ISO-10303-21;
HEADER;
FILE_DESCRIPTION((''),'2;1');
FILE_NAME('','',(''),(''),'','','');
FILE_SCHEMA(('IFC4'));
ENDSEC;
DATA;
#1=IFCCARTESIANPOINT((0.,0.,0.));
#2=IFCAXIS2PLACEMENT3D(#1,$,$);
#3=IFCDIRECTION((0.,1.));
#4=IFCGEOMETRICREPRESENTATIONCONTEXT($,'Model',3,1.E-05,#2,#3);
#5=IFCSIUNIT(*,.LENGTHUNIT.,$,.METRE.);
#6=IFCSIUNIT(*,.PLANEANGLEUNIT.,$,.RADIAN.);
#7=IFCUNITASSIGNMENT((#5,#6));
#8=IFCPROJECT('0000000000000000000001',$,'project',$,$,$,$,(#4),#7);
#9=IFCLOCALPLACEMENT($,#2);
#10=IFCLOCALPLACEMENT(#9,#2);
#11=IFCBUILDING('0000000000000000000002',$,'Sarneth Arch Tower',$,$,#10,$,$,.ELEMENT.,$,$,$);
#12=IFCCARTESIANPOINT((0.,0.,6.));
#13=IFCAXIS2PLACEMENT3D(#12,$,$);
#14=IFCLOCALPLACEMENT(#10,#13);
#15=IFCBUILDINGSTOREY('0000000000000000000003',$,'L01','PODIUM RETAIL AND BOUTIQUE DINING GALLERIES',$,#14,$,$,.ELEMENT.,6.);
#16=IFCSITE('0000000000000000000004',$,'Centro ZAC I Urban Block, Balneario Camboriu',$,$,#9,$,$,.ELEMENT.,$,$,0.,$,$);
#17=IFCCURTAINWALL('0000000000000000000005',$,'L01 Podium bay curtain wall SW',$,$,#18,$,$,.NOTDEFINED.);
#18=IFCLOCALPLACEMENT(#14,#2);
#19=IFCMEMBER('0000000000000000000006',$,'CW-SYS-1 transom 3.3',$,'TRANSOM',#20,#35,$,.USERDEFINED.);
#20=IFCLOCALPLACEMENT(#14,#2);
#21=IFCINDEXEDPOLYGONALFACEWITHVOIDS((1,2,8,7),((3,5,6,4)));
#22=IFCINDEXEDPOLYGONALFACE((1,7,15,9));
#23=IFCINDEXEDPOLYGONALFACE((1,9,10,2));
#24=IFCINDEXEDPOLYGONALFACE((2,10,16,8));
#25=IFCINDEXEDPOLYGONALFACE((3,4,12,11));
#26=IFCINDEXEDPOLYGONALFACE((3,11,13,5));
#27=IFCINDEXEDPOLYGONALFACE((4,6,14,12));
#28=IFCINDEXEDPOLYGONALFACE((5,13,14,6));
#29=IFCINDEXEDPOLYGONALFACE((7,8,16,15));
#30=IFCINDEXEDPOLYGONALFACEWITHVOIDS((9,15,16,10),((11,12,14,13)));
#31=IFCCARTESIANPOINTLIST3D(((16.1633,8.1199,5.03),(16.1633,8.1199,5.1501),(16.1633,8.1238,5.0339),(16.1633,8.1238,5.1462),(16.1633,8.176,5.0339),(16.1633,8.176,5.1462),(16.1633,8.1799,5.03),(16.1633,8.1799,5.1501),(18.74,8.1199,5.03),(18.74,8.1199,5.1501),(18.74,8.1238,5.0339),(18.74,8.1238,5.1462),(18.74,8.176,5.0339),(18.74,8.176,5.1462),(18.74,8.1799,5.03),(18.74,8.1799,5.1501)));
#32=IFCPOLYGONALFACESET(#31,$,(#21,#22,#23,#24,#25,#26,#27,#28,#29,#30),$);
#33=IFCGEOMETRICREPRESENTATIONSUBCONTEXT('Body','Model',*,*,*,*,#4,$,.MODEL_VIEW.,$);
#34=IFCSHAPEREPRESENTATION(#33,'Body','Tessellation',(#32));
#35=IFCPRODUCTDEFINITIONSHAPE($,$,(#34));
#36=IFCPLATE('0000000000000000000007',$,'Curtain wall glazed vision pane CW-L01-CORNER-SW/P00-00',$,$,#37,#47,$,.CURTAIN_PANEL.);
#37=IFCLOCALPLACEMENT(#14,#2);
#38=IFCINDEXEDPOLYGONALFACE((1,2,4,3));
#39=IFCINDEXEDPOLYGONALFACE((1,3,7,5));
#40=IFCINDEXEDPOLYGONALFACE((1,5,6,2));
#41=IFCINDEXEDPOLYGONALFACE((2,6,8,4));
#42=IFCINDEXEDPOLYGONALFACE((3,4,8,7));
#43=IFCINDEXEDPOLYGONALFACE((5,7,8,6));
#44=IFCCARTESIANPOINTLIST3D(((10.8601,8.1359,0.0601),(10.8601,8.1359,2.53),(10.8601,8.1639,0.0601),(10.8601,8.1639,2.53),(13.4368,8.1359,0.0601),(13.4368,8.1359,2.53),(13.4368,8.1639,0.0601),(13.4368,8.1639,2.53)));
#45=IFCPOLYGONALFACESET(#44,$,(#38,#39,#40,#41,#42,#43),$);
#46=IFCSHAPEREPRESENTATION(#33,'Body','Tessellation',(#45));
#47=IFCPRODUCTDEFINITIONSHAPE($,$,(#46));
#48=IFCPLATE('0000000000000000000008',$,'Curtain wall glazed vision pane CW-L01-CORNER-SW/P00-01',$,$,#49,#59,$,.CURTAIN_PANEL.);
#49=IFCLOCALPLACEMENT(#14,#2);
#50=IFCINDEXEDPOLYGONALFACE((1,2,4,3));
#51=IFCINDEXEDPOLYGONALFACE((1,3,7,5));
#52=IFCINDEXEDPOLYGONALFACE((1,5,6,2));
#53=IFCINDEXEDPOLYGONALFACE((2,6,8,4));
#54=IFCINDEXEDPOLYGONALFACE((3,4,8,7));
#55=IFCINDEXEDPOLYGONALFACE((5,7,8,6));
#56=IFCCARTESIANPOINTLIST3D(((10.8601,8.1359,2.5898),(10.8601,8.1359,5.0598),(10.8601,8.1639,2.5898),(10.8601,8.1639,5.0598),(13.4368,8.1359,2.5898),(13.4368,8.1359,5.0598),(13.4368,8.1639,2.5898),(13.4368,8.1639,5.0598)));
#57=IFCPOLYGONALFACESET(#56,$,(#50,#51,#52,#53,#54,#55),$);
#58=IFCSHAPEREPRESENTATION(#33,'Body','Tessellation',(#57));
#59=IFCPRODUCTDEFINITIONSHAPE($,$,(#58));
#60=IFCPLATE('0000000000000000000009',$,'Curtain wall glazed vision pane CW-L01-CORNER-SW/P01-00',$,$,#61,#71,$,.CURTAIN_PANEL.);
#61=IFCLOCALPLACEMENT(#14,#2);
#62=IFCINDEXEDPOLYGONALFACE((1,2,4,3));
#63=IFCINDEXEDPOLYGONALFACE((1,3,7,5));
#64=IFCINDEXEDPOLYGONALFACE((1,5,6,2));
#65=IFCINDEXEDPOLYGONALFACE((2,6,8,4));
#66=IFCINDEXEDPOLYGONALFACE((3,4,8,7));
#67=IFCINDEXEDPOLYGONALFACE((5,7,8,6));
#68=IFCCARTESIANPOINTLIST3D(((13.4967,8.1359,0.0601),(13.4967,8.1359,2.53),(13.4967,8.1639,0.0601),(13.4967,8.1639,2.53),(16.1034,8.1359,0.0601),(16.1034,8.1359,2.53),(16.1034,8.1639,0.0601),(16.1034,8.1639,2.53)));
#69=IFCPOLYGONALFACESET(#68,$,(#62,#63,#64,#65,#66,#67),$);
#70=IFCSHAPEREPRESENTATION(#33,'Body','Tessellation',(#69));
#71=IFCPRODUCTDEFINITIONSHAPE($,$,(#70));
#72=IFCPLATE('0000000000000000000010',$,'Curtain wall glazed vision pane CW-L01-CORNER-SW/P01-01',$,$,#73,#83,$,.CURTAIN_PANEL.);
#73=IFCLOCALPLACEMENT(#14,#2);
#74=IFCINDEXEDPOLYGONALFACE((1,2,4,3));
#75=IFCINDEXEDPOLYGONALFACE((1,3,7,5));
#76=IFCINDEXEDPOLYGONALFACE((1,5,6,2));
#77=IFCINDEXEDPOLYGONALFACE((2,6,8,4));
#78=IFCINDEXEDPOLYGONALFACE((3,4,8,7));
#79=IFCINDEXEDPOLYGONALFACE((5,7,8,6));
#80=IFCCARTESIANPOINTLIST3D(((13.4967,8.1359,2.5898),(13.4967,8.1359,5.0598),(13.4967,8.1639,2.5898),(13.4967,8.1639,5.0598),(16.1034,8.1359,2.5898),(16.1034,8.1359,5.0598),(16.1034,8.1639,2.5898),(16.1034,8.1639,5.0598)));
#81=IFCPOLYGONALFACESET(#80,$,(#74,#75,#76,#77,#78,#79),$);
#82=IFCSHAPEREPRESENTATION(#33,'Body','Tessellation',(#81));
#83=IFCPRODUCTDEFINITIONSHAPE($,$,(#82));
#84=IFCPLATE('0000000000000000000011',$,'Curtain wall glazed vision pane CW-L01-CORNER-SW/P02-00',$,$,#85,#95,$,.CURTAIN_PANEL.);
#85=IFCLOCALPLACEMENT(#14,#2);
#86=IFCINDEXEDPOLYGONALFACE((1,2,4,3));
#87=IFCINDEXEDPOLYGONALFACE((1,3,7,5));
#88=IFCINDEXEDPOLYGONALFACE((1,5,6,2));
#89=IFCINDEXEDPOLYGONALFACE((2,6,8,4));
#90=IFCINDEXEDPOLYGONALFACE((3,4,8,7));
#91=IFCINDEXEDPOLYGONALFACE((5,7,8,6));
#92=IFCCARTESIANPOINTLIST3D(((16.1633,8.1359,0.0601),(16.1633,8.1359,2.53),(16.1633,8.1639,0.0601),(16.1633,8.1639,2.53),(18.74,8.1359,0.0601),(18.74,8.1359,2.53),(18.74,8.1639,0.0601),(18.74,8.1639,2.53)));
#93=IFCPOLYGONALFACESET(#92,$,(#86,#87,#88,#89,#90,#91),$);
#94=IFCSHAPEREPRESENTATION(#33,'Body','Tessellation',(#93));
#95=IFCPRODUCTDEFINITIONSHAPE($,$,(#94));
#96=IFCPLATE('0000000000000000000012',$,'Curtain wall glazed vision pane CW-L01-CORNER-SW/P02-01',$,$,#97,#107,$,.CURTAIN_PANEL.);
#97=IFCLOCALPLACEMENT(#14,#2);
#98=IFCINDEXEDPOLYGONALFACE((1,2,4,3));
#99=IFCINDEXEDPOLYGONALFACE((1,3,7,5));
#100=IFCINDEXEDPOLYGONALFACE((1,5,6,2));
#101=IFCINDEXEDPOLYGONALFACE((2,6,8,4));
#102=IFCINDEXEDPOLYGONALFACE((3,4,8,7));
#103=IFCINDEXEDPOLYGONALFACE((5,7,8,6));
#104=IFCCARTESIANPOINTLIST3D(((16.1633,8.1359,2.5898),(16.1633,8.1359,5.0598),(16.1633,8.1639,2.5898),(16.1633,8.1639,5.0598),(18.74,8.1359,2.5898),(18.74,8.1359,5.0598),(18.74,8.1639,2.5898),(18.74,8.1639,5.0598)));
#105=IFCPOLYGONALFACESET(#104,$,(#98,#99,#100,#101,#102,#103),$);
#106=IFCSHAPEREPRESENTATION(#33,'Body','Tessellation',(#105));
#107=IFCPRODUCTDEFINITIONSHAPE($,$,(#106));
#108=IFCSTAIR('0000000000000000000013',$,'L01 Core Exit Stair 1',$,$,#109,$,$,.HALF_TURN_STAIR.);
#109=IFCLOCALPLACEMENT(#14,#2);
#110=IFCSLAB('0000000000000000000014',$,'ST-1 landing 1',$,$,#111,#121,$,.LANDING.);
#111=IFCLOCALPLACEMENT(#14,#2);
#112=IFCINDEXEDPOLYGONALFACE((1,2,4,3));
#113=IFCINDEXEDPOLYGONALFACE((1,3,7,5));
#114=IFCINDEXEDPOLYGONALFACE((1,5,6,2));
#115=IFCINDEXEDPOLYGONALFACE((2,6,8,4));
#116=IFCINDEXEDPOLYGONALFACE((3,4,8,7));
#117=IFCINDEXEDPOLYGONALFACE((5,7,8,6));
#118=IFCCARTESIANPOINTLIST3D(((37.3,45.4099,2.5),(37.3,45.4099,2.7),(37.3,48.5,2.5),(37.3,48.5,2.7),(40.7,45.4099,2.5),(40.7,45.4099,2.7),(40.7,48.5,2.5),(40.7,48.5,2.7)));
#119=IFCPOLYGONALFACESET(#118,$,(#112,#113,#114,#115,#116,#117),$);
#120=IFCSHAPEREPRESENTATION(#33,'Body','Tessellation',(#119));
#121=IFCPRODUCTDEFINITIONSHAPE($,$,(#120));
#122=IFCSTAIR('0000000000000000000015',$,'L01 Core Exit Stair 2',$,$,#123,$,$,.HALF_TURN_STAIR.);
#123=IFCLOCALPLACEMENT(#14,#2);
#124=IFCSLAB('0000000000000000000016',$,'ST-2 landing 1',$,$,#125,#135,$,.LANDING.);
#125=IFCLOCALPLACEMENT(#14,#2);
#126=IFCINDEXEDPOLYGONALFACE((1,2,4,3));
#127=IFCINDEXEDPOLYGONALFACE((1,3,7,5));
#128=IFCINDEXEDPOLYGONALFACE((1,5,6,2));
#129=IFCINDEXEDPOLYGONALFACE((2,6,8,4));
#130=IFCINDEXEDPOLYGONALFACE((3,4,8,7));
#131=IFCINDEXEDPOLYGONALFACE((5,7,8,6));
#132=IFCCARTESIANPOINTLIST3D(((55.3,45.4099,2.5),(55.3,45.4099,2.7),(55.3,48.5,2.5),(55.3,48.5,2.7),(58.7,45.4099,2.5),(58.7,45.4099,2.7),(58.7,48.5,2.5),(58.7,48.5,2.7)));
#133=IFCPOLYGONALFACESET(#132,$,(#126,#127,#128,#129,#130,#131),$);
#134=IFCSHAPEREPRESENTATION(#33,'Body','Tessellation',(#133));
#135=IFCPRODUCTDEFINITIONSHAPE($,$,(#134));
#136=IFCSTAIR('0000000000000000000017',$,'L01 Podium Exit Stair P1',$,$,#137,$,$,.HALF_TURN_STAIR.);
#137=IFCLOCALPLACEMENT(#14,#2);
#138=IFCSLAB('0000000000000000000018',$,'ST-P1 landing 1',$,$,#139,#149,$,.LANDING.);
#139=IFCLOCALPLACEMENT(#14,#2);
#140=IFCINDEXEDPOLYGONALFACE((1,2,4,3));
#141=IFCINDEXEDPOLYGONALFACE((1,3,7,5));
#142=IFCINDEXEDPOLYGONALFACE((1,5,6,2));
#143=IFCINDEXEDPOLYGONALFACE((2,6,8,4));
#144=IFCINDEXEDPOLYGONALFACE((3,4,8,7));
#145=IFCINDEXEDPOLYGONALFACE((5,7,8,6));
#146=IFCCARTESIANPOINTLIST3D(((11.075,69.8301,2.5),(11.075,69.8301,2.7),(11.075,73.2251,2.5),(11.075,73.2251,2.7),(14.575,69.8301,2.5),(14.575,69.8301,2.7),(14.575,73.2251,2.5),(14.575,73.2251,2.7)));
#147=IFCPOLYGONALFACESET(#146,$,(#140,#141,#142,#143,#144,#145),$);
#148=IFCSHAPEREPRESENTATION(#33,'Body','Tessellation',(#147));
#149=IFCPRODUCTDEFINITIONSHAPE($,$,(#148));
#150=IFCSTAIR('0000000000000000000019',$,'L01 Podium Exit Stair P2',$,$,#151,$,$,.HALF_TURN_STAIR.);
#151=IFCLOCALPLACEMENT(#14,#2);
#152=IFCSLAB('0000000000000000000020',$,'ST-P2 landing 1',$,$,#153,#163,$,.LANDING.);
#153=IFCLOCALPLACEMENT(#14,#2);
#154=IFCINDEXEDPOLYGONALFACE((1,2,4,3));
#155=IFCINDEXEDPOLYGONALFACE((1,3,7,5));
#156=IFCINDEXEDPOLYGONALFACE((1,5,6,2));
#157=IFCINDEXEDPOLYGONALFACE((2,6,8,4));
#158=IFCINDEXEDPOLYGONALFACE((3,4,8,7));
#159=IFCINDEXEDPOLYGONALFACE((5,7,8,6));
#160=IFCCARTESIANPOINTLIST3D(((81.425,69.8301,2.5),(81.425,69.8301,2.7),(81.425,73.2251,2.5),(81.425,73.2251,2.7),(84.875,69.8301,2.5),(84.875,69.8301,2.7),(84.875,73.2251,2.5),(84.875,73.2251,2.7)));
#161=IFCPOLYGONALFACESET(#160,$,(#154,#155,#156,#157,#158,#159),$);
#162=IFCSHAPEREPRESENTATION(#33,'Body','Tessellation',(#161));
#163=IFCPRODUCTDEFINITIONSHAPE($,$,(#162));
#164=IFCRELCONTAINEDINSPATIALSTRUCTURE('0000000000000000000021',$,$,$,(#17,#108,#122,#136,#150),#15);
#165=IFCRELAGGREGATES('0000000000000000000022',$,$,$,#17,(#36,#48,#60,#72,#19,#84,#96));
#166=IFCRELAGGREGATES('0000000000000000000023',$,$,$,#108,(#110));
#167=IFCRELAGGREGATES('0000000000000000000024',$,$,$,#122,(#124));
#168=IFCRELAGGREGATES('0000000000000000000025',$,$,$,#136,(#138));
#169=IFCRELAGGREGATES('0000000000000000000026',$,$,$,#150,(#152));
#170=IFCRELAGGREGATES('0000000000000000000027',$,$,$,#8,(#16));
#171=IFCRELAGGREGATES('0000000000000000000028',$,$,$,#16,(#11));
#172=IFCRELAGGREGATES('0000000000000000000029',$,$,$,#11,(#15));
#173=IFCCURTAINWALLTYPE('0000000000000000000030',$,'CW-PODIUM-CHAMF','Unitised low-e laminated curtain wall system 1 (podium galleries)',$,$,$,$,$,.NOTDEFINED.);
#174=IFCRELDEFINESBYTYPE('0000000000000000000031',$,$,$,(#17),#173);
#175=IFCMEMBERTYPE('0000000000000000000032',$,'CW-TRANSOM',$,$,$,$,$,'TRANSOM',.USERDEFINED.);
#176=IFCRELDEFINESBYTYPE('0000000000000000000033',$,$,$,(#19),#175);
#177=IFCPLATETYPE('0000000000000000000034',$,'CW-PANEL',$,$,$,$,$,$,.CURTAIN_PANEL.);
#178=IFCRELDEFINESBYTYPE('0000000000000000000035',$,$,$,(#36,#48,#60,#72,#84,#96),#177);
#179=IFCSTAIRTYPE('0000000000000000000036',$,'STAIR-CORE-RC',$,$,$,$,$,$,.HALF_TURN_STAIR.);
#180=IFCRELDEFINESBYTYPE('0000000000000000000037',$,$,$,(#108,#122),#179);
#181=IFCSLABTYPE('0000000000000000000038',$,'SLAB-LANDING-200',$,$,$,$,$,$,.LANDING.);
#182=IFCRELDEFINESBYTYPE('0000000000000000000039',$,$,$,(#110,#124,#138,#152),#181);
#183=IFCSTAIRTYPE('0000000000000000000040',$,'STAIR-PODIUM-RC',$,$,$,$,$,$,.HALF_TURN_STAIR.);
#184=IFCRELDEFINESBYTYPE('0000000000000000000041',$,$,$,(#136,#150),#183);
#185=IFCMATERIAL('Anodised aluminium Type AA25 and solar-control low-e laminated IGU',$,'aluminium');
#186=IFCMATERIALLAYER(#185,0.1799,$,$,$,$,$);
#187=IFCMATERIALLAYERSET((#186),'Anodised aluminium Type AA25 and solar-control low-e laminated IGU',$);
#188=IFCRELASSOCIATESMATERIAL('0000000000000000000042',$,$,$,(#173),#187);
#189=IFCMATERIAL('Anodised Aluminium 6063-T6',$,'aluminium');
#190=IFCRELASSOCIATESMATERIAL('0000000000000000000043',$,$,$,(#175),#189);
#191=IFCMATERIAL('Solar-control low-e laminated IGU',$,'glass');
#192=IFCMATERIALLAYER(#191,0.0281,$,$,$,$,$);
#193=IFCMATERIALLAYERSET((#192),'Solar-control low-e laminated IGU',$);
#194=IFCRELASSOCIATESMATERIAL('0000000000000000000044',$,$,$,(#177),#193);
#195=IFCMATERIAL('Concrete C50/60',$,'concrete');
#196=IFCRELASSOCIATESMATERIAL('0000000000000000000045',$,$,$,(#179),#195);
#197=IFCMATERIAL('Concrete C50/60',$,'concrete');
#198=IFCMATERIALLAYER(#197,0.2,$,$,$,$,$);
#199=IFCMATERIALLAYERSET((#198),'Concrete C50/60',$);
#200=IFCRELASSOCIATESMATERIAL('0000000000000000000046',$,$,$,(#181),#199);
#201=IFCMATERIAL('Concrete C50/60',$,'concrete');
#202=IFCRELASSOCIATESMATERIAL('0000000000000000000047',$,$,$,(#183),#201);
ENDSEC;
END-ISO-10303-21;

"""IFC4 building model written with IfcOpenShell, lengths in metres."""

from ifc_helpers import new_model, si_unit, direction, frame, origin, origin_2d, place, context, subcontext, project, spatial, polyline, rectangle, hollow_rectangle, outline, extrude, material, layer, layer_set, material_profile, profile_set, type_object, element, aggregate, save


model = new_model("IFC4")

# Units and contexts
model_context = context("Model", 3, precision=1e-05, world=origin(), true_north=direction((0.0, 1.0)))
body_context = subcontext(model_context, "Body", "Model", "MODEL_VIEW")
ifc_project = project(units=[si_unit("LENGTHUNIT", "METRE"), si_unit("PLANEANGLEUNIT", "RADIAN")], contexts=[model_context])

# Site, building, storey
site_placement = place(None, origin())
site = spatial("IfcSite", under=ifc_project, at=site_placement, Name="Centro ZAC I Urban Block, Balneario Camboriu", CompositionType="ELEMENT", RefElevation=0.0)
building_placement = place(site_placement, origin())
building = spatial("IfcBuilding", under=site, at=building_placement, Name="Sarneth Arch Tower", CompositionType="ELEMENT")
storey_placement = place(building_placement, frame((0.0, 0.0, 6.0)))
storey = spatial("IfcBuildingStorey", under=building, at=storey_placement, Name="L01", Description="PODIUM RETAIL AND BOUTIQUE DINING GALLERIES", CompositionType="ELEMENT", Elevation=6.0)

# Curtain wall, member, plates
ifc_material_1 = material(Name="Anodised aluminium Type AA25 and solar-control low-e laminated IGU", Category="aluminium")
ifc_layer_1 = layer(ifc_material_1, 0.1799)
ifc_layer_set_1 = layer_set([ifc_layer_1], Name="Anodised aluminium Type AA25 and solar-control low-e laminated IGU")
curtain_wall_type = type_object("IfcCurtainWallType", Name="CW-PODIUM-CHAMF", Description="Unitised low-e laminated curtain wall system 1 (podium galleries)", PredefinedType="NOTDEFINED", material=ifc_layer_set_1)
curtain_wall_placement = place(storey_placement, origin())
curtain_wall = element("IfcCurtainWall", 1, at=curtain_wall_placement, inside=storey, type_object=curtain_wall_type, Name="L01 Podium bay curtain wall SW", PredefinedType="NOTDEFINED")
ifc_material_2 = material(Name="Anodised Aluminium 6063-T6", Category="aluminium")
ifc_material_profile_1 = material_profile(ifc_material_2, hollow_rectangle(XDim=0.0601, YDim=0.1201, WallThickness=0.0039, at=origin_2d()), Name="AL-TRAN-120x60x4")
ifc_profile_set_1 = profile_set([ifc_material_profile_1], Name="Anodised Aluminium 6063-T6")
member_type_1 = type_object("IfcMemberType", Name="CW-TRANSOM", ElementType="TRANSOM", PredefinedType="USERDEFINED", material=ifc_profile_set_1)
member_1_placement = place(storey_placement, frame((16.1633, 8.1499, 5.0901), z_axis=(1.0, 0.0, 0.0), x_axis=(0.0, 1.0, 0.0)))
member_1 = element("IfcMember", 2, at=member_1_placement, type_object=member_type_1, Name="CW-SYS-1 transom 3.3", ObjectType="TRANSOM", PredefinedType="USERDEFINED", context=body_context, shape_type="SweptSolid", body=[
    extrude(hollow_rectangle(XDim=0.0601, YDim=0.1201, WallThickness=0.0039, at=origin_2d()), origin(), (0.0, 0.0, 1.0), 2.5767),
])
ifc_material_3 = material(Name="Solar-control low-e laminated IGU", Category="glass")
ifc_layer_2 = layer(ifc_material_3, 0.0281)
ifc_layer_set_2 = layer_set([ifc_layer_2], Name="Solar-control low-e laminated IGU")
plate_type = type_object("IfcPlateType", Name="CW-PANEL", PredefinedType="CURTAIN_PANEL", material=ifc_layer_set_2)
plate_1_placement = place(storey_placement, frame((12.1484, 8.1499, 0.0601), z_axis=(0.0, 0.0, 1.0), x_axis=(1.0, 0.0, 0.0)))
plate_1 = element("IfcPlate", 3, at=plate_1_placement, type_object=plate_type, Name="Curtain wall glazed vision pane CW-L01-CORNER-SW/P00-00", PredefinedType="CURTAIN_PANEL", context=body_context, shape_type="SweptSolid", body=[
    extrude(rectangle(XDim=2.5767, YDim=0.0281, at=origin_2d()), origin(), (0.0, 0.0, 1.0), 2.47),
])
plate_2_placement = place(storey_placement, frame((12.1484, 8.1499, 2.5898), z_axis=(0.0, 0.0, 1.0), x_axis=(1.0, 0.0, 0.0)))
plate_2 = element("IfcPlate", 4, at=plate_2_placement, type_object=plate_type, Name="Curtain wall glazed vision pane CW-L01-CORNER-SW/P00-01", PredefinedType="CURTAIN_PANEL", context=body_context, shape_type="SweptSolid", body=[
    extrude(rectangle(XDim=2.5767, YDim=0.0281, at=origin_2d()), origin(), (0.0, 0.0, 1.0), 2.47),
])
plate_3_placement = place(storey_placement, frame((14.8, 8.1499, 0.0601), z_axis=(0.0, 0.0, 1.0), x_axis=(1.0, 0.0, 0.0)))
plate_3 = element("IfcPlate", 5, at=plate_3_placement, type_object=plate_type, Name="Curtain wall glazed vision pane CW-L01-CORNER-SW/P01-00", PredefinedType="CURTAIN_PANEL", context=body_context, shape_type="SweptSolid", body=[
    extrude(rectangle(XDim=2.6067, YDim=0.0281, at=origin_2d()), origin(), (0.0, 0.0, 1.0), 2.47),
])
plate_4_placement = place(storey_placement, frame((14.8, 8.1499, 2.5898), z_axis=(0.0, 0.0, 1.0), x_axis=(1.0, 0.0, 0.0)))
plate_4 = element("IfcPlate", 6, at=plate_4_placement, type_object=plate_type, Name="Curtain wall glazed vision pane CW-L01-CORNER-SW/P01-01", PredefinedType="CURTAIN_PANEL", context=body_context, shape_type="SweptSolid", body=[
    extrude(rectangle(XDim=2.6067, YDim=0.0281, at=origin_2d()), origin(), (0.0, 0.0, 1.0), 2.47),
])
plate_5_placement = place(storey_placement, frame((17.4517, 8.1499, 0.0601), z_axis=(0.0, 0.0, 1.0), x_axis=(1.0, 0.0, 0.0)))
plate_5 = element("IfcPlate", 7, at=plate_5_placement, type_object=plate_type, Name="Curtain wall glazed vision pane CW-L01-CORNER-SW/P02-00", PredefinedType="CURTAIN_PANEL", context=body_context, shape_type="SweptSolid", body=[
    extrude(rectangle(XDim=2.5767, YDim=0.0281, at=origin_2d()), origin(), (0.0, 0.0, 1.0), 2.47),
])
plate_6_placement = place(storey_placement, frame((17.4517, 8.1499, 2.5898), z_axis=(0.0, 0.0, 1.0), x_axis=(1.0, 0.0, 0.0)))
plate_6 = element("IfcPlate", 8, at=plate_6_placement, type_object=plate_type, Name="Curtain wall glazed vision pane CW-L01-CORNER-SW/P02-01", PredefinedType="CURTAIN_PANEL", context=body_context, shape_type="SweptSolid", body=[
    extrude(rectangle(XDim=2.5767, YDim=0.0281, at=origin_2d()), origin(), (0.0, 0.0, 1.0), 2.47),
])
aggregate(curtain_wall, [plate_1, plate_2, plate_3, plate_4, member_1, plate_5, plate_6])

# Stairs, slabs
ifc_material_4 = material(Name="Concrete C50/60", Category="concrete")
stair_type_1 = type_object("IfcStairType", Name="STAIR-CORE-RC", PredefinedType="HALF_TURN_STAIR", material=ifc_material_4)
stair_1_placement = place(storey_placement, origin())
stair_1 = element("IfcStair", 9, at=stair_1_placement, inside=storey, type_object=stair_type_1, Name="L01 Core Exit Stair 1", PredefinedType="HALF_TURN_STAIR")
ifc_material_5 = material(Name="Concrete C50/60", Category="concrete")
ifc_layer_3 = layer(ifc_material_5, 0.2)
ifc_layer_set_3 = layer_set([ifc_layer_3], Name="Concrete C50/60")
slab_type_1 = type_object("IfcSlabType", Name="SLAB-LANDING-200", PredefinedType="LANDING", material=ifc_layer_set_3)
slab_1_placement = place(storey_placement, frame((0.0, 0.0, 2.5)))
slab_1 = element("IfcSlab", 10, at=slab_1_placement, type_object=slab_type_1, Name="ST-1 landing 1", PredefinedType="LANDING", context=body_context, shape_type="SweptSolid", body=[
    extrude(outline(polyline([(37.3, 45.4099), (40.7, 45.4099), (40.7, 48.5), (37.3, 48.5), (37.3, 45.4099)])), origin(), (0.0, 0.0, 1.0), 0.2),
])
aggregate(stair_1, [slab_1])
stair_2_placement = place(storey_placement, origin())
stair_2 = element("IfcStair", 11, at=stair_2_placement, inside=storey, type_object=stair_type_1, Name="L01 Core Exit Stair 2", PredefinedType="HALF_TURN_STAIR")
slab_2_placement = place(storey_placement, frame((0.0, 0.0, 2.5)))
slab_2 = element("IfcSlab", 12, at=slab_2_placement, type_object=slab_type_1, Name="ST-2 landing 1", PredefinedType="LANDING", context=body_context, shape_type="SweptSolid", body=[
    extrude(outline(polyline([(55.3, 45.4099), (58.7, 45.4099), (58.7, 48.5), (55.3, 48.5), (55.3, 45.4099)])), origin(), (0.0, 0.0, 1.0), 0.2),
])
aggregate(stair_2, [slab_2])
ifc_material_6 = material(Name="Concrete C50/60", Category="concrete")
stair_type_2 = type_object("IfcStairType", Name="STAIR-PODIUM-RC", PredefinedType="HALF_TURN_STAIR", material=ifc_material_6)
stair_3_placement = place(storey_placement, origin())
stair_3 = element("IfcStair", 13, at=stair_3_placement, inside=storey, type_object=stair_type_2, Name="L01 Podium Exit Stair P1", PredefinedType="HALF_TURN_STAIR")
slab_3_placement = place(storey_placement, frame((0.0, 0.0, 2.5)))
slab_3 = element("IfcSlab", 14, at=slab_3_placement, type_object=slab_type_1, Name="ST-P1 landing 1", PredefinedType="LANDING", context=body_context, shape_type="SweptSolid", body=[
    extrude(outline(polyline([(11.075, 69.8301), (14.575, 69.8301), (14.575, 73.2251), (11.075, 73.2251), (11.075, 69.8301)])), origin(), (0.0, 0.0, 1.0), 0.2),
])
aggregate(stair_3, [slab_3])
stair_4_placement = place(storey_placement, origin())
stair_4 = element("IfcStair", 15, at=stair_4_placement, inside=storey, type_object=stair_type_2, Name="L01 Podium Exit Stair P2", PredefinedType="HALF_TURN_STAIR")
slab_4_placement = place(storey_placement, frame((0.0, 0.0, 2.5)))
slab_4 = element("IfcSlab", 16, at=slab_4_placement, type_object=slab_type_1, Name="ST-P2 landing 1", PredefinedType="LANDING", context=body_context, shape_type="SweptSolid", body=[
    extrude(outline(polyline([(81.425, 69.8301), (84.875, 69.8301), (84.875, 73.2251), (81.425, 73.2251), (81.425, 69.8301)])), origin(), (0.0, 0.0, 1.0), 0.2),
])
aggregate(stair_4, [slab_4])

save(model, "model.ifc")
